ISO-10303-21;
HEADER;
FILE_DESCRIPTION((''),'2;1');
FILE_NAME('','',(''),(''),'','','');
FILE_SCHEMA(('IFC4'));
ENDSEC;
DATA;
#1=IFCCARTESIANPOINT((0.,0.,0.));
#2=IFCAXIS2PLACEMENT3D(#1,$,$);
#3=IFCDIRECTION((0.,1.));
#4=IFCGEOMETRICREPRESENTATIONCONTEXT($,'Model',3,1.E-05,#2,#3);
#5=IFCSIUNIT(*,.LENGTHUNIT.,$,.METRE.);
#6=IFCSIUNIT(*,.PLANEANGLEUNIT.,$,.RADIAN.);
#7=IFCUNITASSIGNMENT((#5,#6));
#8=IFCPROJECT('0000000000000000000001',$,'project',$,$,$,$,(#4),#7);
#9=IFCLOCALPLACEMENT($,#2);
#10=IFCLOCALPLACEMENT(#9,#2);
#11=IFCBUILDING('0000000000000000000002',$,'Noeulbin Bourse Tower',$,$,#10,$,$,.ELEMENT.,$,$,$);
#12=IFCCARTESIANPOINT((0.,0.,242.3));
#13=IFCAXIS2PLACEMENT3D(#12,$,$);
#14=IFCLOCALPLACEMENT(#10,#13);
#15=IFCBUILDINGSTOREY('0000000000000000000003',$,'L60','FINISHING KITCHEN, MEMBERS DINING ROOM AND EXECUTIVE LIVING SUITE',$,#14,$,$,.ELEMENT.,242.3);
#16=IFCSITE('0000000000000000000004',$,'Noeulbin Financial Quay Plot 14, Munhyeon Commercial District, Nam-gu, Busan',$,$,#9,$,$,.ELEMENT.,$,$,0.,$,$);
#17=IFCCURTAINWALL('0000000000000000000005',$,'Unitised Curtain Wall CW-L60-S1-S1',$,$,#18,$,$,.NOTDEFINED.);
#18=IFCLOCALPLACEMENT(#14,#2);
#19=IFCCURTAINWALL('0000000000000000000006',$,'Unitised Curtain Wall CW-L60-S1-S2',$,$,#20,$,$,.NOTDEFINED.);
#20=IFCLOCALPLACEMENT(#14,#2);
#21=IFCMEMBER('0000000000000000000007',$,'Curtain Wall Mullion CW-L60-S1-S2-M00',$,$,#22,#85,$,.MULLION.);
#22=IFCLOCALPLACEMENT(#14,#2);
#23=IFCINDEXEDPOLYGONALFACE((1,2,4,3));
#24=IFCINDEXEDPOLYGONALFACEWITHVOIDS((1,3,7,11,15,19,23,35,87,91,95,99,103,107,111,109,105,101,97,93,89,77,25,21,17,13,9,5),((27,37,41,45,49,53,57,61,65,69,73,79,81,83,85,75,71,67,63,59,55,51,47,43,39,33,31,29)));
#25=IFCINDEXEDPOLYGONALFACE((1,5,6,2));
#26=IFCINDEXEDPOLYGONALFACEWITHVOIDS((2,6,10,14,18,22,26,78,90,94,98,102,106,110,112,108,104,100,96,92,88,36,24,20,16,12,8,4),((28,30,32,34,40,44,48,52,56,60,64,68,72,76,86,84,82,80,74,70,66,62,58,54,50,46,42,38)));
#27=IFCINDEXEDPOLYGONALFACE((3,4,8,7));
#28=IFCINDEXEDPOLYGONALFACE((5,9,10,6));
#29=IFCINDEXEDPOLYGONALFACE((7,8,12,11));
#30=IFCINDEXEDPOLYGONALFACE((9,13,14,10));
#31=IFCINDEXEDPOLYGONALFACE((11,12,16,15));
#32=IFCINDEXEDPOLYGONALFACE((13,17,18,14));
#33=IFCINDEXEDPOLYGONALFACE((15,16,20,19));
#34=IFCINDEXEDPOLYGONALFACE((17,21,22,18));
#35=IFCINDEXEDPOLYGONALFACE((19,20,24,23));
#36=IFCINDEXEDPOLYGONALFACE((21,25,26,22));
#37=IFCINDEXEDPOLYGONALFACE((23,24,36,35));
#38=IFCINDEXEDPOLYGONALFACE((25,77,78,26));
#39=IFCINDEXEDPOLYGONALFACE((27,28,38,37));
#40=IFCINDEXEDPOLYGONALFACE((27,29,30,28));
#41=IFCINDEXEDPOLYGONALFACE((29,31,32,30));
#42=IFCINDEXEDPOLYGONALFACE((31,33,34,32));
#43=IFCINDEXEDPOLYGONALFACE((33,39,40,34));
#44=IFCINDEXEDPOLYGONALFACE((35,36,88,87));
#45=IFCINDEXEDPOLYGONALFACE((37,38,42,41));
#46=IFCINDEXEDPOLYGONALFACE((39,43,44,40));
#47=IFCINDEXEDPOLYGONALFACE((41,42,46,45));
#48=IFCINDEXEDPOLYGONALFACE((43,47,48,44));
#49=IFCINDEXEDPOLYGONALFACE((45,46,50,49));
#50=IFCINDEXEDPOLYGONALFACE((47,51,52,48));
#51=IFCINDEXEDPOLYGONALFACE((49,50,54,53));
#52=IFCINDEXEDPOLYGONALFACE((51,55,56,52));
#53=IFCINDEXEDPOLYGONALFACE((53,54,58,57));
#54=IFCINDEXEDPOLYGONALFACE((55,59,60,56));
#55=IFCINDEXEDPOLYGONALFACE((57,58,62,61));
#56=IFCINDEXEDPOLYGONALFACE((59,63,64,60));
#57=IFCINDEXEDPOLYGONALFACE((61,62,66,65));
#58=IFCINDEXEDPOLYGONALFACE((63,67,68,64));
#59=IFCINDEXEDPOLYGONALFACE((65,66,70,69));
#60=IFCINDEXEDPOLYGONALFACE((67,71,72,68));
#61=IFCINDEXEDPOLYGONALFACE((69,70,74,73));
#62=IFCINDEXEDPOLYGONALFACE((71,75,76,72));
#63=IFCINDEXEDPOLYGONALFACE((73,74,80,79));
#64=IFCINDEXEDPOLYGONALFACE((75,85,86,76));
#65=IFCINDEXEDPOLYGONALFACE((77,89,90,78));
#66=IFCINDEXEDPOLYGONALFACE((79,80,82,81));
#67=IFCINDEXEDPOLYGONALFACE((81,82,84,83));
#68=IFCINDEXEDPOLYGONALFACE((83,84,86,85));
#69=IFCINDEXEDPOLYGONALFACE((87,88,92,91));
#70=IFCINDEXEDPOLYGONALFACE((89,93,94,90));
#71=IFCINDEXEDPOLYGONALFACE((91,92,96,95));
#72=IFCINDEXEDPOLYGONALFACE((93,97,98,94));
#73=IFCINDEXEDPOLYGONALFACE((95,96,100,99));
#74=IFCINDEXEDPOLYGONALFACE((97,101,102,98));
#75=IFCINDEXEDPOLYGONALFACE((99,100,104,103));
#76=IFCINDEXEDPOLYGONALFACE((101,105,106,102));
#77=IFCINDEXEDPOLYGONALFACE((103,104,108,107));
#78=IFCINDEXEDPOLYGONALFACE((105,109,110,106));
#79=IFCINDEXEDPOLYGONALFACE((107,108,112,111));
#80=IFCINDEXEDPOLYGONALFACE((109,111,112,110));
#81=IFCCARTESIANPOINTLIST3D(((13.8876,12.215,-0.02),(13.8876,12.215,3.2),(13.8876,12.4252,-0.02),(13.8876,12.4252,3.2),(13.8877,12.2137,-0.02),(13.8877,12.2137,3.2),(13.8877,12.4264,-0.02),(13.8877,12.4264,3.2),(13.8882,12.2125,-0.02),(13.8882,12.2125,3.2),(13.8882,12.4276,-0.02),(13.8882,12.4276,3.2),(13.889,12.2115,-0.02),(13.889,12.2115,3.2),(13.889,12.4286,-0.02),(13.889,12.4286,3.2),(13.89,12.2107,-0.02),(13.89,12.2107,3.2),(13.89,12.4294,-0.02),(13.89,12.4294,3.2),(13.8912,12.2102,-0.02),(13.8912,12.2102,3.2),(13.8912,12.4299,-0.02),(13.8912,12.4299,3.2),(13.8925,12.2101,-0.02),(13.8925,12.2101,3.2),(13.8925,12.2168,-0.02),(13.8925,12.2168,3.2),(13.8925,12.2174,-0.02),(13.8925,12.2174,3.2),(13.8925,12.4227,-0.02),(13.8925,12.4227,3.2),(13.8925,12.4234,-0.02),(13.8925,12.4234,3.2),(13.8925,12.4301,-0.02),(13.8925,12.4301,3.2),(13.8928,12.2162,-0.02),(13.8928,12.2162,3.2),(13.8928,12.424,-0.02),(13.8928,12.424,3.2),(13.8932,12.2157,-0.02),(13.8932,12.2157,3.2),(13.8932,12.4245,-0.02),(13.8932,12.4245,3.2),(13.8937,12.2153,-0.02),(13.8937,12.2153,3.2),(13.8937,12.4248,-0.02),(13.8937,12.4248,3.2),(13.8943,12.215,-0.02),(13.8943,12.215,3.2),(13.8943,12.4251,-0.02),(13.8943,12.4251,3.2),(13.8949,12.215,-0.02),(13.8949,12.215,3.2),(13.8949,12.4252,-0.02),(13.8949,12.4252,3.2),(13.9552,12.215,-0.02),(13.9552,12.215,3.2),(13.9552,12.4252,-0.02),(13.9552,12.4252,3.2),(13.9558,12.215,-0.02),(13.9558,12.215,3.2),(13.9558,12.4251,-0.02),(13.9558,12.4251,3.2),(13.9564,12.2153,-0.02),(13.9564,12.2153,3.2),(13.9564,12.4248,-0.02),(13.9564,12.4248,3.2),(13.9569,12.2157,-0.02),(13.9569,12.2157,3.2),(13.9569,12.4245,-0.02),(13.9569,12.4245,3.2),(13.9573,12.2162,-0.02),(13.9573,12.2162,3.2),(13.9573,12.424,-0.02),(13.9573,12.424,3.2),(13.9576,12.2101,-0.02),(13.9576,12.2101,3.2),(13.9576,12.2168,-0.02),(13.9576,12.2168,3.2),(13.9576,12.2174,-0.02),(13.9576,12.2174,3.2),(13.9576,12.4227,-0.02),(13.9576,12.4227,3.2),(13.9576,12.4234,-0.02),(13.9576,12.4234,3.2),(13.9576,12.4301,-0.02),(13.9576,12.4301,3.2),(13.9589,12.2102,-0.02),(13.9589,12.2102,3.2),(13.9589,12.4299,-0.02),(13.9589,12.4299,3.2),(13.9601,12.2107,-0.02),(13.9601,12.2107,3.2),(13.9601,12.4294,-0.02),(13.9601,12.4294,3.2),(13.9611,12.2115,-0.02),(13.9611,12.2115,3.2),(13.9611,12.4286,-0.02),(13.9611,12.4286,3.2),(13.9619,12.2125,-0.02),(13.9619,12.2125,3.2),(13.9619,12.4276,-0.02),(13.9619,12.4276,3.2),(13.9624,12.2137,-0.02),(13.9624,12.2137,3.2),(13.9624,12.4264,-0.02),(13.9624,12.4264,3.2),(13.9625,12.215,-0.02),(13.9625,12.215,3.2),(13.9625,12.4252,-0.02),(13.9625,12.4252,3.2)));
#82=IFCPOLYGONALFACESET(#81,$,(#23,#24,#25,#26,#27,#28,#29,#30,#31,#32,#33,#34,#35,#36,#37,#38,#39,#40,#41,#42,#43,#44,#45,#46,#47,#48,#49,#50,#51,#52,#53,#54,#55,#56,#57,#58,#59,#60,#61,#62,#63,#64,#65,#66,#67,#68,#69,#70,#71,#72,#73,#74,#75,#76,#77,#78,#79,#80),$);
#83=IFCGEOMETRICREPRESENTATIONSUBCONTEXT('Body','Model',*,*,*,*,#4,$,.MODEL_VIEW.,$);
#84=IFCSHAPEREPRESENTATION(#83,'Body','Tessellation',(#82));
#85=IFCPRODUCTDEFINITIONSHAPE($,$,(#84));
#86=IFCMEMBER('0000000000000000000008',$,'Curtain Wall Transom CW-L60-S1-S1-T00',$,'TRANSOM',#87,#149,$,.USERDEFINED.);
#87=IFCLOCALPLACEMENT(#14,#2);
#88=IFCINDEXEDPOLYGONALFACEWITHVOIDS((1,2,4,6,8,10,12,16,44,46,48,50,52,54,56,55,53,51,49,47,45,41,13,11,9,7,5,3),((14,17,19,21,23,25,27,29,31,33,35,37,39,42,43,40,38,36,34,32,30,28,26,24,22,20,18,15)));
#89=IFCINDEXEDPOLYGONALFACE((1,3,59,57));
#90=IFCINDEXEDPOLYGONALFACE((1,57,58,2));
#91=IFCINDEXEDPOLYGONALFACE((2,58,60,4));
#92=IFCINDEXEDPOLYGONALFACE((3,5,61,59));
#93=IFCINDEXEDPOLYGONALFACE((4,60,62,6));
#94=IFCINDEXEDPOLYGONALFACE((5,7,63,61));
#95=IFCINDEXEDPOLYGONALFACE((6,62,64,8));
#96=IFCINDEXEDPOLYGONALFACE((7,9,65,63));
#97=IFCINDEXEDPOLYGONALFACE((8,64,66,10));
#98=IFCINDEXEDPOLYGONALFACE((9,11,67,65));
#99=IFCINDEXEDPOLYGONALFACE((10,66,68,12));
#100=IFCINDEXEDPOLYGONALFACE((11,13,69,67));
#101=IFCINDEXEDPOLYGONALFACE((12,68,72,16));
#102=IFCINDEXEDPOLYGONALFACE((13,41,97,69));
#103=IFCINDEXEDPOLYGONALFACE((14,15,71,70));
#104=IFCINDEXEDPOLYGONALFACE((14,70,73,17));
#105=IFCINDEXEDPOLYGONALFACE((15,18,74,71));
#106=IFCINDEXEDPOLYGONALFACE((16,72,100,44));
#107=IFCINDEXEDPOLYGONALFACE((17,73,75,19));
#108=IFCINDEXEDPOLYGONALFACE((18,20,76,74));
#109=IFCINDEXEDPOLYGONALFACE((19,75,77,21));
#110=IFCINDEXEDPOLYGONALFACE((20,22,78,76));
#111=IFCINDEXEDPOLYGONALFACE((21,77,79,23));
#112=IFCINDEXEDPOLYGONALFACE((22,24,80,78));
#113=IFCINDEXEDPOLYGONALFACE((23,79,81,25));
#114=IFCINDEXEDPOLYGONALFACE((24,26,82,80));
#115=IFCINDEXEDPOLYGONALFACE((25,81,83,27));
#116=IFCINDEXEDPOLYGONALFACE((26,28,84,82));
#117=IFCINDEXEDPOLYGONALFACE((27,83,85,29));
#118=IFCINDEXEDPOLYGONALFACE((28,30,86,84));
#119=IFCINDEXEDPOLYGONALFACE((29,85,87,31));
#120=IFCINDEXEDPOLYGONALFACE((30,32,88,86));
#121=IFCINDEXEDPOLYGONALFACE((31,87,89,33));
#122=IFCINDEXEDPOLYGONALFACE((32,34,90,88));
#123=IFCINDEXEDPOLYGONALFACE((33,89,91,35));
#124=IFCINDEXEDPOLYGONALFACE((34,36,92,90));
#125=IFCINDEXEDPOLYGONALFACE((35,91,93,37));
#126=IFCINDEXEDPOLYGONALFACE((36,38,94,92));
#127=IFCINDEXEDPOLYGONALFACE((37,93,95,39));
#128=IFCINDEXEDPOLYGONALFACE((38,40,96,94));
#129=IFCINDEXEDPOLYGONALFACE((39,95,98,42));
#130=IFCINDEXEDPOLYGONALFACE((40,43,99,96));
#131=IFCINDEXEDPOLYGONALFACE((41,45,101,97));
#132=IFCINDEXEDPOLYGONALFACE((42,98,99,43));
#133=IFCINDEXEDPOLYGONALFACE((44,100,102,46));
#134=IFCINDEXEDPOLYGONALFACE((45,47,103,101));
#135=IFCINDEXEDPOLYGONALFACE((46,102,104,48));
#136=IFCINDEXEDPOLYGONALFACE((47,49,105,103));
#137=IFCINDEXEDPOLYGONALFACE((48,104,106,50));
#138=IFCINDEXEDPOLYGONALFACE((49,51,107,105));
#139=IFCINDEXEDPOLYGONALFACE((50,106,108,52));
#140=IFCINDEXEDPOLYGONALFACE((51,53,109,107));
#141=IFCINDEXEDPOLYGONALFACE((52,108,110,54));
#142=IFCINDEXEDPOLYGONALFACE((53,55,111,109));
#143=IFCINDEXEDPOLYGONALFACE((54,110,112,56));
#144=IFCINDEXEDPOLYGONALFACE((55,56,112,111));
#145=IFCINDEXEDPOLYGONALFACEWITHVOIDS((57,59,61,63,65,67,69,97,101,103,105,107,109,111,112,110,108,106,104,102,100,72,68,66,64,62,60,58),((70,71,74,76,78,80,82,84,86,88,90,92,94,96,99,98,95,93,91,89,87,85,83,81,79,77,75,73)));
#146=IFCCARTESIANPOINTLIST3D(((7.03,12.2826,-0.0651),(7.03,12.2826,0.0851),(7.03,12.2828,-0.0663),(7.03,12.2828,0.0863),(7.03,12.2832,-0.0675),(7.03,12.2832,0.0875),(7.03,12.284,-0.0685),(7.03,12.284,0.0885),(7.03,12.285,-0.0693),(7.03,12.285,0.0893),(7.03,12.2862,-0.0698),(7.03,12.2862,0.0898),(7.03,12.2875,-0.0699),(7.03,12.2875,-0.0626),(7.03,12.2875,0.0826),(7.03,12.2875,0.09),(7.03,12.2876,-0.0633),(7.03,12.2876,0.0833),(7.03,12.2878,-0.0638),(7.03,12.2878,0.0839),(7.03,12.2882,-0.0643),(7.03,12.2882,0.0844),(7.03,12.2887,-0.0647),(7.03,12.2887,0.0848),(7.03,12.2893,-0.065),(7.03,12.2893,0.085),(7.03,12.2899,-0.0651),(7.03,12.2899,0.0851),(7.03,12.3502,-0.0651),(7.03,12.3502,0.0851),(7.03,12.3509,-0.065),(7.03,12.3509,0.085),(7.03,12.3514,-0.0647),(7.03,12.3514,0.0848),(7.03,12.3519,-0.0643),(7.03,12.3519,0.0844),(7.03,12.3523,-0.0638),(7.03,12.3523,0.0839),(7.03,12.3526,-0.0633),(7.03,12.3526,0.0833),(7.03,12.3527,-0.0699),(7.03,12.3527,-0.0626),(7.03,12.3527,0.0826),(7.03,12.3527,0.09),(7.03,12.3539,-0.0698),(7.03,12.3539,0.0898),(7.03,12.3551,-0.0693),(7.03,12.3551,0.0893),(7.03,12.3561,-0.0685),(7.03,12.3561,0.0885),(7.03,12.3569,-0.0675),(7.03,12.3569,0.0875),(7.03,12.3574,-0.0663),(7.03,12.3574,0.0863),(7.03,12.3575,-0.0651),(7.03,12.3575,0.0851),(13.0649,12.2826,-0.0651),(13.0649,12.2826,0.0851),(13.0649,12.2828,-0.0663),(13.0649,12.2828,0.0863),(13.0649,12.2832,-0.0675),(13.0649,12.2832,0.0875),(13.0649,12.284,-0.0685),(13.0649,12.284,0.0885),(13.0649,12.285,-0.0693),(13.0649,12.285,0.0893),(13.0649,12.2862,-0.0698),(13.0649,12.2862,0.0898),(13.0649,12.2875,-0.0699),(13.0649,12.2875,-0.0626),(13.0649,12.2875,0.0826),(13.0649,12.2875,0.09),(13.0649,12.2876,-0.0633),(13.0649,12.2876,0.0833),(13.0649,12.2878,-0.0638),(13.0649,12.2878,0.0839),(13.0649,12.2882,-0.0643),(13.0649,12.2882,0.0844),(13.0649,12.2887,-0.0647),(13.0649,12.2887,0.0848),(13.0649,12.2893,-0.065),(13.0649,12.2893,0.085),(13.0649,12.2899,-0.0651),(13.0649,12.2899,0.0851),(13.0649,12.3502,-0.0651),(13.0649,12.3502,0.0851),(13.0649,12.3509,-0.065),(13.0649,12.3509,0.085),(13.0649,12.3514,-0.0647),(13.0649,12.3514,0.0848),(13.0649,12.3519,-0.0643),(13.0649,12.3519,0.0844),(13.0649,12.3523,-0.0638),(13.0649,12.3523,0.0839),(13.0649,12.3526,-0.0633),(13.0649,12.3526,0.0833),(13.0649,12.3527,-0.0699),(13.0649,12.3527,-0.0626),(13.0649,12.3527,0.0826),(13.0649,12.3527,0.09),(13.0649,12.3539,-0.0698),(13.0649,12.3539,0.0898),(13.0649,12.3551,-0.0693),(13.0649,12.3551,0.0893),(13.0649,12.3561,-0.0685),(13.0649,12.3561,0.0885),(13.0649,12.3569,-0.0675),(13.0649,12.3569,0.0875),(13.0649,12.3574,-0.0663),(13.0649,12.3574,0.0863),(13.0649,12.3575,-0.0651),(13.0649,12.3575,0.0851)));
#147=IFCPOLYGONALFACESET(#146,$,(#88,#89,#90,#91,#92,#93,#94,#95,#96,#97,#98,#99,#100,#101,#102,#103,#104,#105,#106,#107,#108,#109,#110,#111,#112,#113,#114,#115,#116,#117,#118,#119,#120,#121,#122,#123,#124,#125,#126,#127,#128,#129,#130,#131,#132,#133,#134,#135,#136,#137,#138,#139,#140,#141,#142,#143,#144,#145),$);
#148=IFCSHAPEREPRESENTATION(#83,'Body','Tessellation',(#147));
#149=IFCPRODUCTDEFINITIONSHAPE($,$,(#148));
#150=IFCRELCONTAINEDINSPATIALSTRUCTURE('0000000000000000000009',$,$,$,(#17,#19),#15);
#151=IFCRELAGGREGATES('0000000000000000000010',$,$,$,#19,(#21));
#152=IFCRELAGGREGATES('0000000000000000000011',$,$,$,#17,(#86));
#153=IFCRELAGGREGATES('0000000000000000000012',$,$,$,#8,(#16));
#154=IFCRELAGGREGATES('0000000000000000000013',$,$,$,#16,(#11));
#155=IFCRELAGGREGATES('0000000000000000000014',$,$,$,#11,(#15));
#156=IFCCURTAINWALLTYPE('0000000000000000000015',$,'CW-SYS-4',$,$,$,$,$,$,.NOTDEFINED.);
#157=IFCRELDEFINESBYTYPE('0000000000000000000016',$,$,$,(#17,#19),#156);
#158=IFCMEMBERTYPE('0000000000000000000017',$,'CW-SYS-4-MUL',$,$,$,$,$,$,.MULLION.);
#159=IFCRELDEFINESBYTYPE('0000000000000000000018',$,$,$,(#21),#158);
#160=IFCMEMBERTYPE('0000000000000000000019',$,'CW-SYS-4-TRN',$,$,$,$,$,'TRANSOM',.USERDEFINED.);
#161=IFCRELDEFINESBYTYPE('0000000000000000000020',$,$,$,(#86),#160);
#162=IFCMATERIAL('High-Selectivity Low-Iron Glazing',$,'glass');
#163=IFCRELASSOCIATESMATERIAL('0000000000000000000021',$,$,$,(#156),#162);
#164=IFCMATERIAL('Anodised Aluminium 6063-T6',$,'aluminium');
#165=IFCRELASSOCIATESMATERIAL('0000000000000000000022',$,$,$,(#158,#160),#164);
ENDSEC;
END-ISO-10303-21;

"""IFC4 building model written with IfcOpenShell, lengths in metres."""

from ifc_helpers import new_model, si_unit, direction, frame, origin, origin_2d, place, context, subcontext, project, spatial, hollow_rectangle, extrude, material, material_profile, profile_set, type_object, element, aggregate, save


model = new_model("IFC4")

# Units and contexts
model_context = context("Model", 3, precision=1e-05, world=origin(), true_north=direction((0.0, 1.0)))
body_context = subcontext(model_context, "Body", "Model", "MODEL_VIEW")
ifc_project = project(units=[si_unit("LENGTHUNIT", "METRE"), si_unit("PLANEANGLEUNIT", "RADIAN")], contexts=[model_context])

# Site, building, storey
site_placement = place(None, origin())
site = spatial("IfcSite", under=ifc_project, at=site_placement, Name="Noeulbin Financial Quay Plot 14, Munhyeon Commercial District, Nam-gu, Busan", CompositionType="ELEMENT", RefElevation=0.0)
building_placement = place(site_placement, origin())
building = spatial("IfcBuilding", under=site, at=building_placement, Name="Noeulbin Bourse Tower", CompositionType="ELEMENT")
storey_placement = place(building_placement, frame((0.0, 0.0, 242.3)))
storey = spatial("IfcBuildingStorey", under=building, at=storey_placement, Name="L60", Description="FINISHING KITCHEN, MEMBERS DINING ROOM AND EXECUTIVE LIVING SUITE", CompositionType="ELEMENT", Elevation=242.3)

# Curtain wall
ifc_material_1 = material(Name="High-Selectivity Low-Iron Glazing", Category="glass")
curtain_wall_type = type_object("IfcCurtainWallType", Name="CW-SYS-4", PredefinedType="NOTDEFINED", material=ifc_material_1)
curtain_wall_1_placement = place(storey_placement, origin())
curtain_wall_1 = element("IfcCurtainWall", 1, at=curtain_wall_1_placement, inside=storey, type_object=curtain_wall_type, Name="Unitised Curtain Wall CW-L60-S1-S1", PredefinedType="NOTDEFINED")
ifc_material_2 = material(Name="Anodised Aluminium 6063-T6", Category="aluminium")
ifc_material_profile_1 = material_profile(ifc_material_2, hollow_rectangle(XDim=0.075, YDim=0.22, WallThickness=0.0049, InnerFilletRadius=0.0024, OuterFilletRadius=0.0049, at=origin_2d()), Name="ALU-MULL-75x220x5", Category="LoadBearing")
ifc_profile_set_1 = profile_set([ifc_material_profile_1], Name="Anodised Aluminium 6063-T6")
member_type_1 = type_object("IfcMemberType", Name="CW-SYS-4-MUL", PredefinedType="MULLION", material=ifc_profile_set_1)

# Curtain wall, member
curtain_wall_2_placement = place(storey_placement, origin())
curtain_wall_2 = element("IfcCurtainWall", 2, at=curtain_wall_2_placement, inside=storey, type_object=curtain_wall_type, Name="Unitised Curtain Wall CW-L60-S1-S2", PredefinedType="NOTDEFINED")
member_1_placement = place(storey_placement, frame((13.925, 12.3201, -0.02), z_axis=(0.0, 0.0, 1.0), x_axis=(1.0, 0.0, 0.0)))
member_1 = element("IfcMember", 3, at=member_1_placement, type_object=member_type_1, Name="Curtain Wall Mullion CW-L60-S1-S2-M00", PredefinedType="MULLION", context=body_context, shape_type="SweptSolid", body=[
    extrude(hollow_rectangle(XDim=0.075, YDim=0.22, WallThickness=0.0049, InnerFilletRadius=0.0024, OuterFilletRadius=0.0049, at=origin_2d()), origin(), (0.0, 0.0, 1.0), 3.22),
])
aggregate(curtain_wall_2, [member_1])

# Member
ifc_material_profile_2 = material_profile(ifc_material_2, hollow_rectangle(XDim=0.075, YDim=0.1599, WallThickness=0.0049, InnerFilletRadius=0.0024, OuterFilletRadius=0.0049, at=origin_2d()), Name="ALU-TRAN-75x160x5", Category="LoadBearing")
ifc_profile_set_2 = profile_set([ifc_material_profile_2], Name="Anodised Aluminium 6063-T6")
member_type_2 = type_object("IfcMemberType", Name="CW-SYS-4-TRN", ElementType="TRANSOM", PredefinedType="USERDEFINED", material=ifc_profile_set_2)
member_2_placement = place(storey_placement, frame((7.03, 12.3201, 0.01), z_axis=(1.0, 0.0, 0.0), x_axis=(0.0, 1.0, 0.0)))
member_2 = element("IfcMember", 4, at=member_2_placement, type_object=member_type_2, Name="Curtain Wall Transom CW-L60-S1-S1-T00", ObjectType="TRANSOM", PredefinedType="USERDEFINED", context=body_context, shape_type="SweptSolid", body=[
    extrude(hollow_rectangle(XDim=0.075, YDim=0.1599, WallThickness=0.0049, InnerFilletRadius=0.0024, OuterFilletRadius=0.0049, at=origin_2d()), origin(), (0.0, 0.0, 1.0), 6.0349),
])

aggregate(curtain_wall_1, [member_2])

save(model, "model.ifc")
